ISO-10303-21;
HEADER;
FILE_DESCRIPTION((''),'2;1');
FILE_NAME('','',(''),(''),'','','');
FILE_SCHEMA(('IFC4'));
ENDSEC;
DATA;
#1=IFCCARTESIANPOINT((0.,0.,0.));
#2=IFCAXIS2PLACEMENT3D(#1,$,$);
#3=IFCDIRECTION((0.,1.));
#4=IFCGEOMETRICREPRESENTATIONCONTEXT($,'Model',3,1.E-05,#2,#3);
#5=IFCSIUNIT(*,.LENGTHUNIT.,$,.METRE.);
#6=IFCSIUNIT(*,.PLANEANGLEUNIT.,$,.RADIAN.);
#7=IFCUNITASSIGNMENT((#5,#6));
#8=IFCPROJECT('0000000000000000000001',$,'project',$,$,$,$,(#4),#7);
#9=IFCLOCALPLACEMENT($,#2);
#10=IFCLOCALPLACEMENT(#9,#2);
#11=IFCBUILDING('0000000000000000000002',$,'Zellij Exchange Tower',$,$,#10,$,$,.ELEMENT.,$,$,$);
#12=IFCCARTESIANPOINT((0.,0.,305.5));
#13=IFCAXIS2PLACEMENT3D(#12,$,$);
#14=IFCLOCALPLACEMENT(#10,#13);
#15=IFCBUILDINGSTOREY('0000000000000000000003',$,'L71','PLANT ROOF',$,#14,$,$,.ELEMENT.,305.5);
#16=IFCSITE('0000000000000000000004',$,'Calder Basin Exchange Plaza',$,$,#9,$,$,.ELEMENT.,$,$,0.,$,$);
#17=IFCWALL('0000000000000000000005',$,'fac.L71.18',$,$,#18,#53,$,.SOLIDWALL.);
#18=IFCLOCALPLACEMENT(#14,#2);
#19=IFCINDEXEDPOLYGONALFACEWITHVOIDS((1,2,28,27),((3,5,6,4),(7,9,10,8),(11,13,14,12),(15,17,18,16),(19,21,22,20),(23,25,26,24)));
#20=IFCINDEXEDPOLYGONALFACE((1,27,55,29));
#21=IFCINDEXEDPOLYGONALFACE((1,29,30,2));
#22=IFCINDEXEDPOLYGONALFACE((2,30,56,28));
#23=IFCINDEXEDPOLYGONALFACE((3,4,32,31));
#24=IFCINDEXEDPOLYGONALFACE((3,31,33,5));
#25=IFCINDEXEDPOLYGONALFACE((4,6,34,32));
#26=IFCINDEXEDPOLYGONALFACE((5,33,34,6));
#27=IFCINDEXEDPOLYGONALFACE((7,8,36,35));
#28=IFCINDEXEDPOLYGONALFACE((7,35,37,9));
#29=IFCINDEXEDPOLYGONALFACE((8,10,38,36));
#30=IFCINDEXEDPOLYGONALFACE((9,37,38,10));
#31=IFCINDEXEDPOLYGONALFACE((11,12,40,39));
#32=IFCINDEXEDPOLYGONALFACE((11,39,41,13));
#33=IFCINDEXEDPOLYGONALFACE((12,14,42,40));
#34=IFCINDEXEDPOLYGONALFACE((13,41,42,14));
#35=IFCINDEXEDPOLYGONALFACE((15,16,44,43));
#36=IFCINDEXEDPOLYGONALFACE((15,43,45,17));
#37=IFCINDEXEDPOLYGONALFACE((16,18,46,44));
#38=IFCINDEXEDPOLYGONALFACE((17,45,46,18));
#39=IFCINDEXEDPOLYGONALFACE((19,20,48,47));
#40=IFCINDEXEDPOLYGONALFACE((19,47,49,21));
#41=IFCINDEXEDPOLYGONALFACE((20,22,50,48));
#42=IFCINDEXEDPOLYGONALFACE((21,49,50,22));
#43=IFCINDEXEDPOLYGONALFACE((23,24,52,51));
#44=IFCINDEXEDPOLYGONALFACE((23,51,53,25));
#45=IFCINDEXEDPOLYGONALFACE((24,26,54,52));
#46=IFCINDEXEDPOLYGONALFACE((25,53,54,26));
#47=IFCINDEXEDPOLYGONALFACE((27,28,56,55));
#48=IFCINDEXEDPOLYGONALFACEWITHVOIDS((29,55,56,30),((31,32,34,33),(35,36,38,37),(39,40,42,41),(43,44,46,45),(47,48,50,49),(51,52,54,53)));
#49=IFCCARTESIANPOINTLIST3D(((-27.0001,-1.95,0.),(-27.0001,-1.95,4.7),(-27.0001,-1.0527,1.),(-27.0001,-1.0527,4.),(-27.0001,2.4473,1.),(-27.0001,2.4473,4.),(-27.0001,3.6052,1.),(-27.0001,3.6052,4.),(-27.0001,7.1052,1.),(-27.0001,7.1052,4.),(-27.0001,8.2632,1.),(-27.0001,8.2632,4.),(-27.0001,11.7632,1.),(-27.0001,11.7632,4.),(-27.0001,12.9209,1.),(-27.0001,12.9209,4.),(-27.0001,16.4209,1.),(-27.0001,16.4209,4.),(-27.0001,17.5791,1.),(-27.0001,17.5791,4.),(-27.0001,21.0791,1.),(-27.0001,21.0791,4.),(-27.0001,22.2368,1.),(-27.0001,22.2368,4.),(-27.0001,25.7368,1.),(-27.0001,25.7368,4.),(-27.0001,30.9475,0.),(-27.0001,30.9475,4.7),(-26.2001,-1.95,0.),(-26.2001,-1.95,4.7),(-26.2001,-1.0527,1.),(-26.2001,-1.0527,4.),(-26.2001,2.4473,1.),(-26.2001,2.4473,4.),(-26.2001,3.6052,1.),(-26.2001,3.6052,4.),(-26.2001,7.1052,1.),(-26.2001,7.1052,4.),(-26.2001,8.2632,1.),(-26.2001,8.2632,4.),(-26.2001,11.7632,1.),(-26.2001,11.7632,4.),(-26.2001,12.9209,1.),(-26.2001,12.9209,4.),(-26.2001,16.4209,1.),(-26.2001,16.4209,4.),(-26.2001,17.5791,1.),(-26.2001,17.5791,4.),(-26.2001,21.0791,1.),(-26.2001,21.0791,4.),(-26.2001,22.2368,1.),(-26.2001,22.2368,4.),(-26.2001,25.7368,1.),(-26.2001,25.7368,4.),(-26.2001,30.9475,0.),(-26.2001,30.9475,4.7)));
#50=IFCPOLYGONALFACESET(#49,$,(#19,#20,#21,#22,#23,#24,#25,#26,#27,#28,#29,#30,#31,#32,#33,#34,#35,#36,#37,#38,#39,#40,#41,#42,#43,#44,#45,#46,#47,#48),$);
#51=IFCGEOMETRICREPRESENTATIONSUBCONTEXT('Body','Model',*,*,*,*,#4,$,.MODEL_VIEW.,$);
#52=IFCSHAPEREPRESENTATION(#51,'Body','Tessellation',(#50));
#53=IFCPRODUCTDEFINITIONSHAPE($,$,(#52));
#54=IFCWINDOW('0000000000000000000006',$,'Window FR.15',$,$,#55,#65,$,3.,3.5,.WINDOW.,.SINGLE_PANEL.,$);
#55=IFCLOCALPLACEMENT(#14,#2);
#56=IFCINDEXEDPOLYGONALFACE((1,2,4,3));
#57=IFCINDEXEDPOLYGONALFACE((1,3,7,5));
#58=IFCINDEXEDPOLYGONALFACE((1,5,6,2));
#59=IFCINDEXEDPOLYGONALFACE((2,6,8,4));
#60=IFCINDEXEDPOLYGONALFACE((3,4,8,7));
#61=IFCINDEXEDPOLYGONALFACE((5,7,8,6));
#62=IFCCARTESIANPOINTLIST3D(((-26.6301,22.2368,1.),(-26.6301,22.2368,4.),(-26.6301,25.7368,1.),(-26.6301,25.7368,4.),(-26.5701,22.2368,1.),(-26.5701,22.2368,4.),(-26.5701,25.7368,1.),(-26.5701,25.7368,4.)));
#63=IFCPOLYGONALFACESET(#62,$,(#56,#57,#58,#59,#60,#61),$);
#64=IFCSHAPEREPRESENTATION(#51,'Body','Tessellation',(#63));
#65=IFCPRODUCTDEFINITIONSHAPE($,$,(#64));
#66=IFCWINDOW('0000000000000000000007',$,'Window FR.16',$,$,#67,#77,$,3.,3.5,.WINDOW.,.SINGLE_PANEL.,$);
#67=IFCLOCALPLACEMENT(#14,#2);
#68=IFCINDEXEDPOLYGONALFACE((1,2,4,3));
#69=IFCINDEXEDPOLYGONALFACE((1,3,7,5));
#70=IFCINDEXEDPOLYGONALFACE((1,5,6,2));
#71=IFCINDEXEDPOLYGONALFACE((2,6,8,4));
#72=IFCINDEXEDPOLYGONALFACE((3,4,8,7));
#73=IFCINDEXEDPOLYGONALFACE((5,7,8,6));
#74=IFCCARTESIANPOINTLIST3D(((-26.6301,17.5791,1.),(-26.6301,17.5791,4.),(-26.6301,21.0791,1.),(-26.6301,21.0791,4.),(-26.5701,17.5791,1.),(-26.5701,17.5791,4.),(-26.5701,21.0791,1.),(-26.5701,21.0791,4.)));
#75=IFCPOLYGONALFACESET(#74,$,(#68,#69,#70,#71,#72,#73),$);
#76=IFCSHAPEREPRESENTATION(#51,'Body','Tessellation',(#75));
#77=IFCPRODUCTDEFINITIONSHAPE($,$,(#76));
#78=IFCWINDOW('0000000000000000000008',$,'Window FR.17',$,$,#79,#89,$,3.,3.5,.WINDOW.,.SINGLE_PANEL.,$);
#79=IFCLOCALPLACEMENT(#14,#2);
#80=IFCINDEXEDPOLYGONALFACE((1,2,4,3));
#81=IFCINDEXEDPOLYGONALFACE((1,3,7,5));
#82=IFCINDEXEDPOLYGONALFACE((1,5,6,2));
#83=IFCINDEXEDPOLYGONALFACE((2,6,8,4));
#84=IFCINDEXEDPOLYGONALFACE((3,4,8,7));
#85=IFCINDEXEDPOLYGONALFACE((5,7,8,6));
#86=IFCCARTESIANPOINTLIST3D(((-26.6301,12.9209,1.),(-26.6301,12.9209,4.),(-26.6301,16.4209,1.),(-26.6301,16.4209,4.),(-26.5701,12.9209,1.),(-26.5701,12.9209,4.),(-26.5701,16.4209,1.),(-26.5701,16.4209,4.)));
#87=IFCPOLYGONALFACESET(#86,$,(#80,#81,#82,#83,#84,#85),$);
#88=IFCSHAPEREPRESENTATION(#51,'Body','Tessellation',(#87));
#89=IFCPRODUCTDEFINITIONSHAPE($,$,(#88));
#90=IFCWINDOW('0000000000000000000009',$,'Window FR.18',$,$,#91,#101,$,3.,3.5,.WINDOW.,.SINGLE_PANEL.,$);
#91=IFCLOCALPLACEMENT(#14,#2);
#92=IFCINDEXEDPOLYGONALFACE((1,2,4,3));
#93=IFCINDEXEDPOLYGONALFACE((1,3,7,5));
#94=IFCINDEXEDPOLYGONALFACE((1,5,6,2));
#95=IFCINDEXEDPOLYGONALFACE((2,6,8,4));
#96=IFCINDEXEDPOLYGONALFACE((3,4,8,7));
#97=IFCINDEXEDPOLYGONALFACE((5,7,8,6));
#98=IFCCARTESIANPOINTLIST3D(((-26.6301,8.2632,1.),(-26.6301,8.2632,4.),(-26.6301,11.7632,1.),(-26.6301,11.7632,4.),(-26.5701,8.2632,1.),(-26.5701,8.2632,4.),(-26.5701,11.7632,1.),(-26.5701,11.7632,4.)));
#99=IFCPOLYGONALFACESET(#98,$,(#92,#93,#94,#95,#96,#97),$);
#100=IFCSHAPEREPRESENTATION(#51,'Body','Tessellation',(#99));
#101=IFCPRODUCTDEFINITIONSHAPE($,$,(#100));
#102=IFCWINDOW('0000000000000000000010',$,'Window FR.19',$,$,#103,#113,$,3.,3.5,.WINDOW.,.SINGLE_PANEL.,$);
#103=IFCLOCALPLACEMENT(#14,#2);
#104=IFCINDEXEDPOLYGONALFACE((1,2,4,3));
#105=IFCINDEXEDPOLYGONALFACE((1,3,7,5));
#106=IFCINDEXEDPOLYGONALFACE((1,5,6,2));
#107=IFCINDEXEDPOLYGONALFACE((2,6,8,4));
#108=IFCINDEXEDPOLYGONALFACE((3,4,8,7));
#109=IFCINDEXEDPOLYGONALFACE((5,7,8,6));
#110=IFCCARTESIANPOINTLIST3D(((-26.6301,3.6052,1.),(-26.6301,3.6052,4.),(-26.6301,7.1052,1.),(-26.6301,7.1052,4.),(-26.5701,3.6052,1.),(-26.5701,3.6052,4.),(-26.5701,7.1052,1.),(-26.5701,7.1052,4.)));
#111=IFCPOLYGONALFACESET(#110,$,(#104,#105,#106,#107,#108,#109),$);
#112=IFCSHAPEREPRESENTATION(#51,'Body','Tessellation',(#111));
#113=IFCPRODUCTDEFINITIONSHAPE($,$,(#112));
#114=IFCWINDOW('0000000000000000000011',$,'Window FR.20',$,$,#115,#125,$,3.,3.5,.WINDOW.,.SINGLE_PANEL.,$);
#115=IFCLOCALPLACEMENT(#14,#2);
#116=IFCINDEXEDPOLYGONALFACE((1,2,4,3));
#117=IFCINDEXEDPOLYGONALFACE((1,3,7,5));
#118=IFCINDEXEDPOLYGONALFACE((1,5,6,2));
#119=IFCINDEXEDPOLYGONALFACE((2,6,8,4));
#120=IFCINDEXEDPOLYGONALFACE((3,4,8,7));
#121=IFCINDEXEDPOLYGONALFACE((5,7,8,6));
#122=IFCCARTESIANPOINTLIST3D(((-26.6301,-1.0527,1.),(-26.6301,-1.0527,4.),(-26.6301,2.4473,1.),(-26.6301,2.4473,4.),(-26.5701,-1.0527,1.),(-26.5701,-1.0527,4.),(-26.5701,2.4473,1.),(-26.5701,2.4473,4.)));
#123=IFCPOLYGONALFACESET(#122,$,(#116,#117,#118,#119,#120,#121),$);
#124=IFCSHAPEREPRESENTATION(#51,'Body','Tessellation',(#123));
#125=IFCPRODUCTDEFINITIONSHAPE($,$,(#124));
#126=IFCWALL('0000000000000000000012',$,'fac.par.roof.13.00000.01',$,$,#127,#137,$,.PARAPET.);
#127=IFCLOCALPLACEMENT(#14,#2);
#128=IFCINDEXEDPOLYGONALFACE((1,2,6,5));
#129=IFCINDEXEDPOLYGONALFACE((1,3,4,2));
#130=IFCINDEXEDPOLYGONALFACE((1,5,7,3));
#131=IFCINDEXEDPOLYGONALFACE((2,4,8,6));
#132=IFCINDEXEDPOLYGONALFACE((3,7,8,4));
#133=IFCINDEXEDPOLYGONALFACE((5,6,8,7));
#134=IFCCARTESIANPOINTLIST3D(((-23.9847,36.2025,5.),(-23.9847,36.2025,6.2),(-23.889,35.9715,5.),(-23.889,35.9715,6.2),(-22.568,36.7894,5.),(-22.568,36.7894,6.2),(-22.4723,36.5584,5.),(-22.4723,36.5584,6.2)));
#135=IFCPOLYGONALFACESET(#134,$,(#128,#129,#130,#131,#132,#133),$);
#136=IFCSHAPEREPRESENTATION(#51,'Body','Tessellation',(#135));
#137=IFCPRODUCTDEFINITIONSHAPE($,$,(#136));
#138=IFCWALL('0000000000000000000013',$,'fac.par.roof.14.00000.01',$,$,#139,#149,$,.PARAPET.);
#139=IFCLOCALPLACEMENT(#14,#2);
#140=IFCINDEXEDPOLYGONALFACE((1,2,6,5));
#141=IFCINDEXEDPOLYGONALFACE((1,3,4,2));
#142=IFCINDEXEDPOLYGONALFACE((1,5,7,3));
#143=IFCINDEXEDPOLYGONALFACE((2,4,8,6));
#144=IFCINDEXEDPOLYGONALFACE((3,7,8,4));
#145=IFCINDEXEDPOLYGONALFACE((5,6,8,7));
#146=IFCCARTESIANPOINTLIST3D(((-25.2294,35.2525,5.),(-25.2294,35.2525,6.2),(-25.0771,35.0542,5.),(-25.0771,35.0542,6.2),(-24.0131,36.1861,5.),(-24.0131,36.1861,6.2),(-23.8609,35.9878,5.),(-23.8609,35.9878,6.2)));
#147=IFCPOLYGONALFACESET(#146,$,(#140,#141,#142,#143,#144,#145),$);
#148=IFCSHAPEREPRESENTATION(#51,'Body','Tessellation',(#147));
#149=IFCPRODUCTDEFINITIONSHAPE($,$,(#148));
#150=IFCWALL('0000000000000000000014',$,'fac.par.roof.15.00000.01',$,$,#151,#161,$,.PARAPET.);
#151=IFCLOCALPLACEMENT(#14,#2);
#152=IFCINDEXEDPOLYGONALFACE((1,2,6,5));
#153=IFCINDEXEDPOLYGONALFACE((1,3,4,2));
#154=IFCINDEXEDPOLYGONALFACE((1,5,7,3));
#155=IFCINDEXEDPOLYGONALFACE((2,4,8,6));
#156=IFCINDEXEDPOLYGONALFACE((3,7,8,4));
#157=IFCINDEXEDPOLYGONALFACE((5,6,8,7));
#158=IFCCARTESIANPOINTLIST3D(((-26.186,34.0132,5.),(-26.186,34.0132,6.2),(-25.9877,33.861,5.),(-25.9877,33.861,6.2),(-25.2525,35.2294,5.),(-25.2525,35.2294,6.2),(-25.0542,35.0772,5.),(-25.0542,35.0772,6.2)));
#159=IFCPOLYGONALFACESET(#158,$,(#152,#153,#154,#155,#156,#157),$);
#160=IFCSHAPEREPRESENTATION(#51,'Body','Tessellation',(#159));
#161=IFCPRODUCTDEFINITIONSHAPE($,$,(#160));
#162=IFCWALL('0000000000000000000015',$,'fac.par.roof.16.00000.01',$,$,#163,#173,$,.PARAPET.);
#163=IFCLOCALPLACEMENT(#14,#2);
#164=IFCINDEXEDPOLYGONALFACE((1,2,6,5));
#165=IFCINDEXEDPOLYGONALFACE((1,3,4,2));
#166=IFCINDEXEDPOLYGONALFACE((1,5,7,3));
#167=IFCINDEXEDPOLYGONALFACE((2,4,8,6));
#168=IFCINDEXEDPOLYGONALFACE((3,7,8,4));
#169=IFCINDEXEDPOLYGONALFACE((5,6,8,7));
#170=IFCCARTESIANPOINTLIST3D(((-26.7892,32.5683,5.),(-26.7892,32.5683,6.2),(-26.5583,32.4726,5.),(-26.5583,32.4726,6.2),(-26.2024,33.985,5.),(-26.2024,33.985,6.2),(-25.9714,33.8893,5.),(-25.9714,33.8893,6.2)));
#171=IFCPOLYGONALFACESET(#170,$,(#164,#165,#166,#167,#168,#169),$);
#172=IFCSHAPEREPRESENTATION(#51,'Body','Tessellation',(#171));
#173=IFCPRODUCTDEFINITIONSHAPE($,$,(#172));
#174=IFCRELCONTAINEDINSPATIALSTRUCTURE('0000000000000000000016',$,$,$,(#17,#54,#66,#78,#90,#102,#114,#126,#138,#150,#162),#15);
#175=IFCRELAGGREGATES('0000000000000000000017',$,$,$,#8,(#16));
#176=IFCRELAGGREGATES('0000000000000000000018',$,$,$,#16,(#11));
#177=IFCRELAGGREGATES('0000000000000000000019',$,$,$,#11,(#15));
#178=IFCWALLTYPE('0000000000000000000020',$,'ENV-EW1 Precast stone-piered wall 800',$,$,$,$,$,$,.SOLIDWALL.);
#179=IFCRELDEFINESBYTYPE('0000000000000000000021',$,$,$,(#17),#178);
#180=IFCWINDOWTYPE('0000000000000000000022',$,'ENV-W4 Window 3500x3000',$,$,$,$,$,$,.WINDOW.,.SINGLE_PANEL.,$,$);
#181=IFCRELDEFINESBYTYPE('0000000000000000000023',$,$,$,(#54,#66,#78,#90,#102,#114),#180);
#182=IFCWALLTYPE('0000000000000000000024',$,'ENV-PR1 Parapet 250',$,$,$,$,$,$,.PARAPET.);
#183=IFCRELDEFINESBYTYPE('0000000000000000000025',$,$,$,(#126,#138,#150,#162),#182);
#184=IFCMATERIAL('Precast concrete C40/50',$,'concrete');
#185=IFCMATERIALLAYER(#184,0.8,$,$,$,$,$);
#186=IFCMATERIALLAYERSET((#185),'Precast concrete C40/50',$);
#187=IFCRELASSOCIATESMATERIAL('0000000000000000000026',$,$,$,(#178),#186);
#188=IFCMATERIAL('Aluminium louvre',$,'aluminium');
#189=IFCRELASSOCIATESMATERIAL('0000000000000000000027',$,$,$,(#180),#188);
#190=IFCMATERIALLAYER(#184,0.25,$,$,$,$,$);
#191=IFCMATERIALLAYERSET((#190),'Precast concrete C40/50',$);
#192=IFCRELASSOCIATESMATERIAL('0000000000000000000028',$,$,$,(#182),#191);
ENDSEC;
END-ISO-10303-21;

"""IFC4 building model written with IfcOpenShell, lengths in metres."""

from ifc_helpers import new_model, si_unit, direction, frame, frame_2d, origin, place, context, subcontext, project, spatial, rectangle, extrude, material, layer, layer_set, type_object, element, fill, save


model = new_model("IFC4")

# Units and contexts
model_context = context("Model", 3, precision=1e-05, world=origin(), true_north=direction((0.0, 1.0)))
body_context = subcontext(model_context, "Body", "Model", "MODEL_VIEW")
ifc_project = project(units=[si_unit("LENGTHUNIT", "METRE"), si_unit("PLANEANGLEUNIT", "RADIAN")], contexts=[model_context])

# Site, building, storey
site_placement = place(None, origin())
site = spatial("IfcSite", under=ifc_project, at=site_placement, Name="Calder Basin Exchange Plaza", CompositionType="ELEMENT", RefElevation=0.0)
building_placement = place(site_placement, origin())
building = spatial("IfcBuilding", under=site, at=building_placement, Name="Zellij Exchange Tower", CompositionType="ELEMENT")
storey_placement = place(building_placement, frame((0.0, 0.0, 305.5)))
storey = spatial("IfcBuildingStorey", under=building, at=storey_placement, Name="L71", Description="PLANT ROOF", CompositionType="ELEMENT", Elevation=305.5)

# Shared definitions
ifc_material_1 = material(Name="Precast concrete C40/50", Category="concrete")
ifc_layer_1 = layer(ifc_material_1, 0.8)
ifc_layer_set_1 = layer_set([ifc_layer_1], Name="Precast concrete C40/50")
wall_type_1 = type_object("IfcWallType", Name="ENV-EW1 Precast stone-piered wall 800", PredefinedType="SOLIDWALL", material=ifc_layer_set_1)

# Wall, openings, windows
wall_1_placement = place(storey_placement, frame((-26.6001, 30.9475, 0.0), z_axis=(0.0, 0.0, 1.0), x_axis=(0.0, -1.0, 0.0)))
wall_1 = element("IfcWall", 1, at=wall_1_placement, inside=storey, type_object=wall_type_1, Name="fac.L71.18", PredefinedType="SOLIDWALL", context=body_context, shape_type="SweptSolid", body=[
    extrude(rectangle(XDim=32.8975, YDim=0.8, at=frame_2d((16.4487, 0.0))), origin(), (0.0, 0.0, 1.0), 4.7),
])
opening_1_placement = place(wall_1_placement, frame((5.2107, 0.0, 1.0)))
opening_1 = element("IfcOpeningElement", 2, at=opening_1_placement, cuts=wall_1, PredefinedType="OPENING", context=body_context, shape_type="SweptSolid", body=[
    extrude(rectangle(XDim=3.5, YDim=3.0, at=frame_2d((1.75, 1.5))), frame((0.0, 0.4121, 0.0), z_axis=(0.0, -1.0, 0.0), x_axis=(1.0, 0.0, 0.0)), (0.0, 0.0, 1.0), 0.824),
])
opening_2_placement = place(wall_1_placement, frame((9.8684, 0.0, 1.0)))
opening_2 = element("IfcOpeningElement", 3, at=opening_2_placement, cuts=wall_1, PredefinedType="OPENING", context=body_context, shape_type="SweptSolid", body=[
    extrude(rectangle(XDim=3.5, YDim=3.0, at=frame_2d((1.75, 1.5))), frame((0.0, 0.4121, 0.0), z_axis=(0.0, -1.0, 0.0), x_axis=(1.0, 0.0, 0.0)), (0.0, 0.0, 1.0), 0.824),
])
opening_3_placement = place(wall_1_placement, frame((14.5266, 0.0, 1.0)))
opening_3 = element("IfcOpeningElement", 4, at=opening_3_placement, cuts=wall_1, PredefinedType="OPENING", context=body_context, shape_type="SweptSolid", body=[
    extrude(rectangle(XDim=3.5, YDim=3.0, at=frame_2d((1.75, 1.5))), frame((0.0, 0.4121, 0.0), z_axis=(0.0, -1.0, 0.0), x_axis=(1.0, 0.0, 0.0)), (0.0, 0.0, 1.0), 0.824),
])
opening_4_placement = place(wall_1_placement, frame((19.1843, 0.0, 1.0)))
opening_4 = element("IfcOpeningElement", 5, at=opening_4_placement, cuts=wall_1, PredefinedType="OPENING", context=body_context, shape_type="SweptSolid", body=[
    extrude(rectangle(XDim=3.5, YDim=3.0, at=frame_2d((1.75, 1.5))), frame((0.0, 0.4121, 0.0), z_axis=(0.0, -1.0, 0.0), x_axis=(1.0, 0.0, 0.0)), (0.0, 0.0, 1.0), 0.824),
])
opening_5_placement = place(wall_1_placement, frame((23.8423, 0.0, 1.0)))
opening_5 = element("IfcOpeningElement", 6, at=opening_5_placement, cuts=wall_1, PredefinedType="OPENING", context=body_context, shape_type="SweptSolid", body=[
    extrude(rectangle(XDim=3.5, YDim=3.0, at=frame_2d((1.75, 1.5))), frame((0.0, 0.4121, 0.0), z_axis=(0.0, -1.0, 0.0), x_axis=(1.0, 0.0, 0.0)), (0.0, 0.0, 1.0), 0.824),
])
opening_6_placement = place(wall_1_placement, frame((28.5002, 0.0, 1.0)))
opening_6 = element("IfcOpeningElement", 7, at=opening_6_placement, cuts=wall_1, PredefinedType="OPENING", context=body_context, shape_type="SweptSolid", body=[
    extrude(rectangle(XDim=3.5, YDim=3.0, at=frame_2d((1.75, 1.5))), frame((0.0, 0.4121, 0.0), z_axis=(0.0, -1.0, 0.0), x_axis=(1.0, 0.0, 0.0)), (0.0, 0.0, 1.0), 0.824),
])
ifc_material_2 = material(Name="Aluminium louvre", Category="aluminium")
window_type = type_object("IfcWindowType", Name="ENV-W4 Window 3500x3000", PartitioningType="SINGLE_PANEL", PredefinedType="WINDOW", material=ifc_material_2)
window_1_placement = place(opening_1_placement, origin())
window_1 = element("IfcWindow", 8, at=window_1_placement, inside=storey, type_object=window_type, Name="Window FR.15", OverallHeight=3.0, OverallWidth=3.5, PartitioningType="SINGLE_PANEL", PredefinedType="WINDOW", context=body_context, shape_type="SweptSolid", body=[
    extrude(rectangle(XDim=3.5, YDim=3.0, at=frame_2d((1.75, 1.5))), frame((0.0, 0.03, 0.0), z_axis=(0.0, -1.0, 0.0), x_axis=(1.0, 0.0, 0.0)), (0.0, 0.0, 1.0), 0.0601),
])
fill(opening_1, window_1)
window_2_placement = place(opening_2_placement, origin())
window_2 = element("IfcWindow", 9, at=window_2_placement, inside=storey, type_object=window_type, Name="Window FR.16", OverallHeight=3.0, OverallWidth=3.5, PartitioningType="SINGLE_PANEL", PredefinedType="WINDOW", context=body_context, shape_type="SweptSolid", body=[
    extrude(rectangle(XDim=3.5, YDim=3.0, at=frame_2d((1.75, 1.5))), frame((0.0, 0.03, 0.0), z_axis=(0.0, -1.0, 0.0), x_axis=(1.0, 0.0, 0.0)), (0.0, 0.0, 1.0), 0.0601),
])
fill(opening_2, window_2)
window_3_placement = place(opening_3_placement, origin())
window_3 = element("IfcWindow", 10, at=window_3_placement, inside=storey, type_object=window_type, Name="Window FR.17", OverallHeight=3.0, OverallWidth=3.5, PartitioningType="SINGLE_PANEL", PredefinedType="WINDOW", context=body_context, shape_type="SweptSolid", body=[
    extrude(rectangle(XDim=3.5, YDim=3.0, at=frame_2d((1.75, 1.5))), frame((0.0, 0.03, 0.0), z_axis=(0.0, -1.0, 0.0), x_axis=(1.0, 0.0, 0.0)), (0.0, 0.0, 1.0), 0.0601),
])
fill(opening_3, window_3)
window_4_placement = place(opening_4_placement, origin())
window_4 = element("IfcWindow", 11, at=window_4_placement, inside=storey, type_object=window_type, Name="Window FR.18", OverallHeight=3.0, OverallWidth=3.5, PartitioningType="SINGLE_PANEL", PredefinedType="WINDOW", context=body_context, shape_type="SweptSolid", body=[
    extrude(rectangle(XDim=3.5, YDim=3.0, at=frame_2d((1.75, 1.5))), frame((0.0, 0.03, 0.0), z_axis=(0.0, -1.0, 0.0), x_axis=(1.0, 0.0, 0.0)), (0.0, 0.0, 1.0), 0.0601),
])
fill(opening_4, window_4)
window_5_placement = place(opening_5_placement, origin())
window_5 = element("IfcWindow", 12, at=window_5_placement, inside=storey, type_object=window_type, Name="Window FR.19", OverallHeight=3.0, OverallWidth=3.5, PartitioningType="SINGLE_PANEL", PredefinedType="WINDOW", context=body_context, shape_type="SweptSolid", body=[
    extrude(rectangle(XDim=3.5, YDim=3.0, at=frame_2d((1.75, 1.5))), frame((0.0, 0.03, 0.0), z_axis=(0.0, -1.0, 0.0), x_axis=(1.0, 0.0, 0.0)), (0.0, 0.0, 1.0), 0.0601),
])
fill(opening_5, window_5)
window_6_placement = place(opening_6_placement, origin())
window_6 = element("IfcWindow", 13, at=window_6_placement, inside=storey, type_object=window_type, Name="Window FR.20", OverallHeight=3.0, OverallWidth=3.5, PartitioningType="SINGLE_PANEL", PredefinedType="WINDOW", context=body_context, shape_type="SweptSolid", body=[
    extrude(rectangle(XDim=3.5, YDim=3.0, at=frame_2d((1.75, 1.5))), frame((0.0, 0.03, 0.0), z_axis=(0.0, -1.0, 0.0), x_axis=(1.0, 0.0, 0.0)), (0.0, 0.0, 1.0), 0.0601),
])
fill(opening_6, window_6)

# Walls
ifc_layer_2 = layer(ifc_material_1, 0.25)
ifc_layer_set_2 = layer_set([ifc_layer_2], Name="Precast concrete C40/50")
wall_type_2 = type_object("IfcWallType", Name="ENV-PR1 Parapet 250", PredefinedType="PARAPET", material=ifc_layer_set_2)
wall_2_placement = place(storey_placement, frame((-22.5203, 36.6738, 5.0), z_axis=(0.0, 0.0, 1.0), x_axis=(-0.923862, -0.382727, 0.0)))
element("IfcWall", 14, at=wall_2_placement, inside=storey, type_object=wall_type_2, Name="fac.par.roof.13.00000.01", PredefinedType="PARAPET", context=body_context, shape_type="SweptSolid", body=[
    extrude(rectangle(XDim=1.5334, YDim=0.25, at=frame_2d((0.7666, 0.0))), origin(), (0.0, 0.0, 1.0), 1.2),
])
for number, where, z_axis, x_axis, name in (
    (15, (-23.937, 36.0869, 5.0), (0.0, 0.0, 1.0), (-0.793263, -0.608879, 0.0), "fac.par.roof.14.00000.01"),
    (16, (-25.1533, 35.1533, 5.0), (0.0, 0.0, 1.0), (-0.608879, -0.793263, 0.0), "fac.par.roof.15.00000.01"),
):
    element("IfcWall", number, at=place(storey_placement, frame(where, z_axis=z_axis, x_axis=x_axis)), inside=storey, type_object=wall_type_2, Name=name, PredefinedType="PARAPET", context=body_context, shape_type="SweptSolid", body=[
        extrude(rectangle(XDim=1.5332, YDim=0.25, at=frame_2d((0.7666, 0.0))), origin(), (0.0, 0.0, 1.0), 1.2),
    ])
wall_3_placement = place(storey_placement, frame((-26.0869, 33.937, 5.0), z_axis=(0.0, 0.0, 1.0), x_axis=(-0.382727, -0.923862, 0.0)))
element("IfcWall", 17, at=wall_3_placement, inside=storey, type_object=wall_type_2, Name="fac.par.roof.16.00000.01", PredefinedType="PARAPET", context=body_context, shape_type="SweptSolid", body=[
    extrude(rectangle(XDim=1.5334, YDim=0.25, at=frame_2d((0.7666, 0.0))), origin(), (0.0, 0.0, 1.0), 1.2),
])

save(model, "model.ifc")
